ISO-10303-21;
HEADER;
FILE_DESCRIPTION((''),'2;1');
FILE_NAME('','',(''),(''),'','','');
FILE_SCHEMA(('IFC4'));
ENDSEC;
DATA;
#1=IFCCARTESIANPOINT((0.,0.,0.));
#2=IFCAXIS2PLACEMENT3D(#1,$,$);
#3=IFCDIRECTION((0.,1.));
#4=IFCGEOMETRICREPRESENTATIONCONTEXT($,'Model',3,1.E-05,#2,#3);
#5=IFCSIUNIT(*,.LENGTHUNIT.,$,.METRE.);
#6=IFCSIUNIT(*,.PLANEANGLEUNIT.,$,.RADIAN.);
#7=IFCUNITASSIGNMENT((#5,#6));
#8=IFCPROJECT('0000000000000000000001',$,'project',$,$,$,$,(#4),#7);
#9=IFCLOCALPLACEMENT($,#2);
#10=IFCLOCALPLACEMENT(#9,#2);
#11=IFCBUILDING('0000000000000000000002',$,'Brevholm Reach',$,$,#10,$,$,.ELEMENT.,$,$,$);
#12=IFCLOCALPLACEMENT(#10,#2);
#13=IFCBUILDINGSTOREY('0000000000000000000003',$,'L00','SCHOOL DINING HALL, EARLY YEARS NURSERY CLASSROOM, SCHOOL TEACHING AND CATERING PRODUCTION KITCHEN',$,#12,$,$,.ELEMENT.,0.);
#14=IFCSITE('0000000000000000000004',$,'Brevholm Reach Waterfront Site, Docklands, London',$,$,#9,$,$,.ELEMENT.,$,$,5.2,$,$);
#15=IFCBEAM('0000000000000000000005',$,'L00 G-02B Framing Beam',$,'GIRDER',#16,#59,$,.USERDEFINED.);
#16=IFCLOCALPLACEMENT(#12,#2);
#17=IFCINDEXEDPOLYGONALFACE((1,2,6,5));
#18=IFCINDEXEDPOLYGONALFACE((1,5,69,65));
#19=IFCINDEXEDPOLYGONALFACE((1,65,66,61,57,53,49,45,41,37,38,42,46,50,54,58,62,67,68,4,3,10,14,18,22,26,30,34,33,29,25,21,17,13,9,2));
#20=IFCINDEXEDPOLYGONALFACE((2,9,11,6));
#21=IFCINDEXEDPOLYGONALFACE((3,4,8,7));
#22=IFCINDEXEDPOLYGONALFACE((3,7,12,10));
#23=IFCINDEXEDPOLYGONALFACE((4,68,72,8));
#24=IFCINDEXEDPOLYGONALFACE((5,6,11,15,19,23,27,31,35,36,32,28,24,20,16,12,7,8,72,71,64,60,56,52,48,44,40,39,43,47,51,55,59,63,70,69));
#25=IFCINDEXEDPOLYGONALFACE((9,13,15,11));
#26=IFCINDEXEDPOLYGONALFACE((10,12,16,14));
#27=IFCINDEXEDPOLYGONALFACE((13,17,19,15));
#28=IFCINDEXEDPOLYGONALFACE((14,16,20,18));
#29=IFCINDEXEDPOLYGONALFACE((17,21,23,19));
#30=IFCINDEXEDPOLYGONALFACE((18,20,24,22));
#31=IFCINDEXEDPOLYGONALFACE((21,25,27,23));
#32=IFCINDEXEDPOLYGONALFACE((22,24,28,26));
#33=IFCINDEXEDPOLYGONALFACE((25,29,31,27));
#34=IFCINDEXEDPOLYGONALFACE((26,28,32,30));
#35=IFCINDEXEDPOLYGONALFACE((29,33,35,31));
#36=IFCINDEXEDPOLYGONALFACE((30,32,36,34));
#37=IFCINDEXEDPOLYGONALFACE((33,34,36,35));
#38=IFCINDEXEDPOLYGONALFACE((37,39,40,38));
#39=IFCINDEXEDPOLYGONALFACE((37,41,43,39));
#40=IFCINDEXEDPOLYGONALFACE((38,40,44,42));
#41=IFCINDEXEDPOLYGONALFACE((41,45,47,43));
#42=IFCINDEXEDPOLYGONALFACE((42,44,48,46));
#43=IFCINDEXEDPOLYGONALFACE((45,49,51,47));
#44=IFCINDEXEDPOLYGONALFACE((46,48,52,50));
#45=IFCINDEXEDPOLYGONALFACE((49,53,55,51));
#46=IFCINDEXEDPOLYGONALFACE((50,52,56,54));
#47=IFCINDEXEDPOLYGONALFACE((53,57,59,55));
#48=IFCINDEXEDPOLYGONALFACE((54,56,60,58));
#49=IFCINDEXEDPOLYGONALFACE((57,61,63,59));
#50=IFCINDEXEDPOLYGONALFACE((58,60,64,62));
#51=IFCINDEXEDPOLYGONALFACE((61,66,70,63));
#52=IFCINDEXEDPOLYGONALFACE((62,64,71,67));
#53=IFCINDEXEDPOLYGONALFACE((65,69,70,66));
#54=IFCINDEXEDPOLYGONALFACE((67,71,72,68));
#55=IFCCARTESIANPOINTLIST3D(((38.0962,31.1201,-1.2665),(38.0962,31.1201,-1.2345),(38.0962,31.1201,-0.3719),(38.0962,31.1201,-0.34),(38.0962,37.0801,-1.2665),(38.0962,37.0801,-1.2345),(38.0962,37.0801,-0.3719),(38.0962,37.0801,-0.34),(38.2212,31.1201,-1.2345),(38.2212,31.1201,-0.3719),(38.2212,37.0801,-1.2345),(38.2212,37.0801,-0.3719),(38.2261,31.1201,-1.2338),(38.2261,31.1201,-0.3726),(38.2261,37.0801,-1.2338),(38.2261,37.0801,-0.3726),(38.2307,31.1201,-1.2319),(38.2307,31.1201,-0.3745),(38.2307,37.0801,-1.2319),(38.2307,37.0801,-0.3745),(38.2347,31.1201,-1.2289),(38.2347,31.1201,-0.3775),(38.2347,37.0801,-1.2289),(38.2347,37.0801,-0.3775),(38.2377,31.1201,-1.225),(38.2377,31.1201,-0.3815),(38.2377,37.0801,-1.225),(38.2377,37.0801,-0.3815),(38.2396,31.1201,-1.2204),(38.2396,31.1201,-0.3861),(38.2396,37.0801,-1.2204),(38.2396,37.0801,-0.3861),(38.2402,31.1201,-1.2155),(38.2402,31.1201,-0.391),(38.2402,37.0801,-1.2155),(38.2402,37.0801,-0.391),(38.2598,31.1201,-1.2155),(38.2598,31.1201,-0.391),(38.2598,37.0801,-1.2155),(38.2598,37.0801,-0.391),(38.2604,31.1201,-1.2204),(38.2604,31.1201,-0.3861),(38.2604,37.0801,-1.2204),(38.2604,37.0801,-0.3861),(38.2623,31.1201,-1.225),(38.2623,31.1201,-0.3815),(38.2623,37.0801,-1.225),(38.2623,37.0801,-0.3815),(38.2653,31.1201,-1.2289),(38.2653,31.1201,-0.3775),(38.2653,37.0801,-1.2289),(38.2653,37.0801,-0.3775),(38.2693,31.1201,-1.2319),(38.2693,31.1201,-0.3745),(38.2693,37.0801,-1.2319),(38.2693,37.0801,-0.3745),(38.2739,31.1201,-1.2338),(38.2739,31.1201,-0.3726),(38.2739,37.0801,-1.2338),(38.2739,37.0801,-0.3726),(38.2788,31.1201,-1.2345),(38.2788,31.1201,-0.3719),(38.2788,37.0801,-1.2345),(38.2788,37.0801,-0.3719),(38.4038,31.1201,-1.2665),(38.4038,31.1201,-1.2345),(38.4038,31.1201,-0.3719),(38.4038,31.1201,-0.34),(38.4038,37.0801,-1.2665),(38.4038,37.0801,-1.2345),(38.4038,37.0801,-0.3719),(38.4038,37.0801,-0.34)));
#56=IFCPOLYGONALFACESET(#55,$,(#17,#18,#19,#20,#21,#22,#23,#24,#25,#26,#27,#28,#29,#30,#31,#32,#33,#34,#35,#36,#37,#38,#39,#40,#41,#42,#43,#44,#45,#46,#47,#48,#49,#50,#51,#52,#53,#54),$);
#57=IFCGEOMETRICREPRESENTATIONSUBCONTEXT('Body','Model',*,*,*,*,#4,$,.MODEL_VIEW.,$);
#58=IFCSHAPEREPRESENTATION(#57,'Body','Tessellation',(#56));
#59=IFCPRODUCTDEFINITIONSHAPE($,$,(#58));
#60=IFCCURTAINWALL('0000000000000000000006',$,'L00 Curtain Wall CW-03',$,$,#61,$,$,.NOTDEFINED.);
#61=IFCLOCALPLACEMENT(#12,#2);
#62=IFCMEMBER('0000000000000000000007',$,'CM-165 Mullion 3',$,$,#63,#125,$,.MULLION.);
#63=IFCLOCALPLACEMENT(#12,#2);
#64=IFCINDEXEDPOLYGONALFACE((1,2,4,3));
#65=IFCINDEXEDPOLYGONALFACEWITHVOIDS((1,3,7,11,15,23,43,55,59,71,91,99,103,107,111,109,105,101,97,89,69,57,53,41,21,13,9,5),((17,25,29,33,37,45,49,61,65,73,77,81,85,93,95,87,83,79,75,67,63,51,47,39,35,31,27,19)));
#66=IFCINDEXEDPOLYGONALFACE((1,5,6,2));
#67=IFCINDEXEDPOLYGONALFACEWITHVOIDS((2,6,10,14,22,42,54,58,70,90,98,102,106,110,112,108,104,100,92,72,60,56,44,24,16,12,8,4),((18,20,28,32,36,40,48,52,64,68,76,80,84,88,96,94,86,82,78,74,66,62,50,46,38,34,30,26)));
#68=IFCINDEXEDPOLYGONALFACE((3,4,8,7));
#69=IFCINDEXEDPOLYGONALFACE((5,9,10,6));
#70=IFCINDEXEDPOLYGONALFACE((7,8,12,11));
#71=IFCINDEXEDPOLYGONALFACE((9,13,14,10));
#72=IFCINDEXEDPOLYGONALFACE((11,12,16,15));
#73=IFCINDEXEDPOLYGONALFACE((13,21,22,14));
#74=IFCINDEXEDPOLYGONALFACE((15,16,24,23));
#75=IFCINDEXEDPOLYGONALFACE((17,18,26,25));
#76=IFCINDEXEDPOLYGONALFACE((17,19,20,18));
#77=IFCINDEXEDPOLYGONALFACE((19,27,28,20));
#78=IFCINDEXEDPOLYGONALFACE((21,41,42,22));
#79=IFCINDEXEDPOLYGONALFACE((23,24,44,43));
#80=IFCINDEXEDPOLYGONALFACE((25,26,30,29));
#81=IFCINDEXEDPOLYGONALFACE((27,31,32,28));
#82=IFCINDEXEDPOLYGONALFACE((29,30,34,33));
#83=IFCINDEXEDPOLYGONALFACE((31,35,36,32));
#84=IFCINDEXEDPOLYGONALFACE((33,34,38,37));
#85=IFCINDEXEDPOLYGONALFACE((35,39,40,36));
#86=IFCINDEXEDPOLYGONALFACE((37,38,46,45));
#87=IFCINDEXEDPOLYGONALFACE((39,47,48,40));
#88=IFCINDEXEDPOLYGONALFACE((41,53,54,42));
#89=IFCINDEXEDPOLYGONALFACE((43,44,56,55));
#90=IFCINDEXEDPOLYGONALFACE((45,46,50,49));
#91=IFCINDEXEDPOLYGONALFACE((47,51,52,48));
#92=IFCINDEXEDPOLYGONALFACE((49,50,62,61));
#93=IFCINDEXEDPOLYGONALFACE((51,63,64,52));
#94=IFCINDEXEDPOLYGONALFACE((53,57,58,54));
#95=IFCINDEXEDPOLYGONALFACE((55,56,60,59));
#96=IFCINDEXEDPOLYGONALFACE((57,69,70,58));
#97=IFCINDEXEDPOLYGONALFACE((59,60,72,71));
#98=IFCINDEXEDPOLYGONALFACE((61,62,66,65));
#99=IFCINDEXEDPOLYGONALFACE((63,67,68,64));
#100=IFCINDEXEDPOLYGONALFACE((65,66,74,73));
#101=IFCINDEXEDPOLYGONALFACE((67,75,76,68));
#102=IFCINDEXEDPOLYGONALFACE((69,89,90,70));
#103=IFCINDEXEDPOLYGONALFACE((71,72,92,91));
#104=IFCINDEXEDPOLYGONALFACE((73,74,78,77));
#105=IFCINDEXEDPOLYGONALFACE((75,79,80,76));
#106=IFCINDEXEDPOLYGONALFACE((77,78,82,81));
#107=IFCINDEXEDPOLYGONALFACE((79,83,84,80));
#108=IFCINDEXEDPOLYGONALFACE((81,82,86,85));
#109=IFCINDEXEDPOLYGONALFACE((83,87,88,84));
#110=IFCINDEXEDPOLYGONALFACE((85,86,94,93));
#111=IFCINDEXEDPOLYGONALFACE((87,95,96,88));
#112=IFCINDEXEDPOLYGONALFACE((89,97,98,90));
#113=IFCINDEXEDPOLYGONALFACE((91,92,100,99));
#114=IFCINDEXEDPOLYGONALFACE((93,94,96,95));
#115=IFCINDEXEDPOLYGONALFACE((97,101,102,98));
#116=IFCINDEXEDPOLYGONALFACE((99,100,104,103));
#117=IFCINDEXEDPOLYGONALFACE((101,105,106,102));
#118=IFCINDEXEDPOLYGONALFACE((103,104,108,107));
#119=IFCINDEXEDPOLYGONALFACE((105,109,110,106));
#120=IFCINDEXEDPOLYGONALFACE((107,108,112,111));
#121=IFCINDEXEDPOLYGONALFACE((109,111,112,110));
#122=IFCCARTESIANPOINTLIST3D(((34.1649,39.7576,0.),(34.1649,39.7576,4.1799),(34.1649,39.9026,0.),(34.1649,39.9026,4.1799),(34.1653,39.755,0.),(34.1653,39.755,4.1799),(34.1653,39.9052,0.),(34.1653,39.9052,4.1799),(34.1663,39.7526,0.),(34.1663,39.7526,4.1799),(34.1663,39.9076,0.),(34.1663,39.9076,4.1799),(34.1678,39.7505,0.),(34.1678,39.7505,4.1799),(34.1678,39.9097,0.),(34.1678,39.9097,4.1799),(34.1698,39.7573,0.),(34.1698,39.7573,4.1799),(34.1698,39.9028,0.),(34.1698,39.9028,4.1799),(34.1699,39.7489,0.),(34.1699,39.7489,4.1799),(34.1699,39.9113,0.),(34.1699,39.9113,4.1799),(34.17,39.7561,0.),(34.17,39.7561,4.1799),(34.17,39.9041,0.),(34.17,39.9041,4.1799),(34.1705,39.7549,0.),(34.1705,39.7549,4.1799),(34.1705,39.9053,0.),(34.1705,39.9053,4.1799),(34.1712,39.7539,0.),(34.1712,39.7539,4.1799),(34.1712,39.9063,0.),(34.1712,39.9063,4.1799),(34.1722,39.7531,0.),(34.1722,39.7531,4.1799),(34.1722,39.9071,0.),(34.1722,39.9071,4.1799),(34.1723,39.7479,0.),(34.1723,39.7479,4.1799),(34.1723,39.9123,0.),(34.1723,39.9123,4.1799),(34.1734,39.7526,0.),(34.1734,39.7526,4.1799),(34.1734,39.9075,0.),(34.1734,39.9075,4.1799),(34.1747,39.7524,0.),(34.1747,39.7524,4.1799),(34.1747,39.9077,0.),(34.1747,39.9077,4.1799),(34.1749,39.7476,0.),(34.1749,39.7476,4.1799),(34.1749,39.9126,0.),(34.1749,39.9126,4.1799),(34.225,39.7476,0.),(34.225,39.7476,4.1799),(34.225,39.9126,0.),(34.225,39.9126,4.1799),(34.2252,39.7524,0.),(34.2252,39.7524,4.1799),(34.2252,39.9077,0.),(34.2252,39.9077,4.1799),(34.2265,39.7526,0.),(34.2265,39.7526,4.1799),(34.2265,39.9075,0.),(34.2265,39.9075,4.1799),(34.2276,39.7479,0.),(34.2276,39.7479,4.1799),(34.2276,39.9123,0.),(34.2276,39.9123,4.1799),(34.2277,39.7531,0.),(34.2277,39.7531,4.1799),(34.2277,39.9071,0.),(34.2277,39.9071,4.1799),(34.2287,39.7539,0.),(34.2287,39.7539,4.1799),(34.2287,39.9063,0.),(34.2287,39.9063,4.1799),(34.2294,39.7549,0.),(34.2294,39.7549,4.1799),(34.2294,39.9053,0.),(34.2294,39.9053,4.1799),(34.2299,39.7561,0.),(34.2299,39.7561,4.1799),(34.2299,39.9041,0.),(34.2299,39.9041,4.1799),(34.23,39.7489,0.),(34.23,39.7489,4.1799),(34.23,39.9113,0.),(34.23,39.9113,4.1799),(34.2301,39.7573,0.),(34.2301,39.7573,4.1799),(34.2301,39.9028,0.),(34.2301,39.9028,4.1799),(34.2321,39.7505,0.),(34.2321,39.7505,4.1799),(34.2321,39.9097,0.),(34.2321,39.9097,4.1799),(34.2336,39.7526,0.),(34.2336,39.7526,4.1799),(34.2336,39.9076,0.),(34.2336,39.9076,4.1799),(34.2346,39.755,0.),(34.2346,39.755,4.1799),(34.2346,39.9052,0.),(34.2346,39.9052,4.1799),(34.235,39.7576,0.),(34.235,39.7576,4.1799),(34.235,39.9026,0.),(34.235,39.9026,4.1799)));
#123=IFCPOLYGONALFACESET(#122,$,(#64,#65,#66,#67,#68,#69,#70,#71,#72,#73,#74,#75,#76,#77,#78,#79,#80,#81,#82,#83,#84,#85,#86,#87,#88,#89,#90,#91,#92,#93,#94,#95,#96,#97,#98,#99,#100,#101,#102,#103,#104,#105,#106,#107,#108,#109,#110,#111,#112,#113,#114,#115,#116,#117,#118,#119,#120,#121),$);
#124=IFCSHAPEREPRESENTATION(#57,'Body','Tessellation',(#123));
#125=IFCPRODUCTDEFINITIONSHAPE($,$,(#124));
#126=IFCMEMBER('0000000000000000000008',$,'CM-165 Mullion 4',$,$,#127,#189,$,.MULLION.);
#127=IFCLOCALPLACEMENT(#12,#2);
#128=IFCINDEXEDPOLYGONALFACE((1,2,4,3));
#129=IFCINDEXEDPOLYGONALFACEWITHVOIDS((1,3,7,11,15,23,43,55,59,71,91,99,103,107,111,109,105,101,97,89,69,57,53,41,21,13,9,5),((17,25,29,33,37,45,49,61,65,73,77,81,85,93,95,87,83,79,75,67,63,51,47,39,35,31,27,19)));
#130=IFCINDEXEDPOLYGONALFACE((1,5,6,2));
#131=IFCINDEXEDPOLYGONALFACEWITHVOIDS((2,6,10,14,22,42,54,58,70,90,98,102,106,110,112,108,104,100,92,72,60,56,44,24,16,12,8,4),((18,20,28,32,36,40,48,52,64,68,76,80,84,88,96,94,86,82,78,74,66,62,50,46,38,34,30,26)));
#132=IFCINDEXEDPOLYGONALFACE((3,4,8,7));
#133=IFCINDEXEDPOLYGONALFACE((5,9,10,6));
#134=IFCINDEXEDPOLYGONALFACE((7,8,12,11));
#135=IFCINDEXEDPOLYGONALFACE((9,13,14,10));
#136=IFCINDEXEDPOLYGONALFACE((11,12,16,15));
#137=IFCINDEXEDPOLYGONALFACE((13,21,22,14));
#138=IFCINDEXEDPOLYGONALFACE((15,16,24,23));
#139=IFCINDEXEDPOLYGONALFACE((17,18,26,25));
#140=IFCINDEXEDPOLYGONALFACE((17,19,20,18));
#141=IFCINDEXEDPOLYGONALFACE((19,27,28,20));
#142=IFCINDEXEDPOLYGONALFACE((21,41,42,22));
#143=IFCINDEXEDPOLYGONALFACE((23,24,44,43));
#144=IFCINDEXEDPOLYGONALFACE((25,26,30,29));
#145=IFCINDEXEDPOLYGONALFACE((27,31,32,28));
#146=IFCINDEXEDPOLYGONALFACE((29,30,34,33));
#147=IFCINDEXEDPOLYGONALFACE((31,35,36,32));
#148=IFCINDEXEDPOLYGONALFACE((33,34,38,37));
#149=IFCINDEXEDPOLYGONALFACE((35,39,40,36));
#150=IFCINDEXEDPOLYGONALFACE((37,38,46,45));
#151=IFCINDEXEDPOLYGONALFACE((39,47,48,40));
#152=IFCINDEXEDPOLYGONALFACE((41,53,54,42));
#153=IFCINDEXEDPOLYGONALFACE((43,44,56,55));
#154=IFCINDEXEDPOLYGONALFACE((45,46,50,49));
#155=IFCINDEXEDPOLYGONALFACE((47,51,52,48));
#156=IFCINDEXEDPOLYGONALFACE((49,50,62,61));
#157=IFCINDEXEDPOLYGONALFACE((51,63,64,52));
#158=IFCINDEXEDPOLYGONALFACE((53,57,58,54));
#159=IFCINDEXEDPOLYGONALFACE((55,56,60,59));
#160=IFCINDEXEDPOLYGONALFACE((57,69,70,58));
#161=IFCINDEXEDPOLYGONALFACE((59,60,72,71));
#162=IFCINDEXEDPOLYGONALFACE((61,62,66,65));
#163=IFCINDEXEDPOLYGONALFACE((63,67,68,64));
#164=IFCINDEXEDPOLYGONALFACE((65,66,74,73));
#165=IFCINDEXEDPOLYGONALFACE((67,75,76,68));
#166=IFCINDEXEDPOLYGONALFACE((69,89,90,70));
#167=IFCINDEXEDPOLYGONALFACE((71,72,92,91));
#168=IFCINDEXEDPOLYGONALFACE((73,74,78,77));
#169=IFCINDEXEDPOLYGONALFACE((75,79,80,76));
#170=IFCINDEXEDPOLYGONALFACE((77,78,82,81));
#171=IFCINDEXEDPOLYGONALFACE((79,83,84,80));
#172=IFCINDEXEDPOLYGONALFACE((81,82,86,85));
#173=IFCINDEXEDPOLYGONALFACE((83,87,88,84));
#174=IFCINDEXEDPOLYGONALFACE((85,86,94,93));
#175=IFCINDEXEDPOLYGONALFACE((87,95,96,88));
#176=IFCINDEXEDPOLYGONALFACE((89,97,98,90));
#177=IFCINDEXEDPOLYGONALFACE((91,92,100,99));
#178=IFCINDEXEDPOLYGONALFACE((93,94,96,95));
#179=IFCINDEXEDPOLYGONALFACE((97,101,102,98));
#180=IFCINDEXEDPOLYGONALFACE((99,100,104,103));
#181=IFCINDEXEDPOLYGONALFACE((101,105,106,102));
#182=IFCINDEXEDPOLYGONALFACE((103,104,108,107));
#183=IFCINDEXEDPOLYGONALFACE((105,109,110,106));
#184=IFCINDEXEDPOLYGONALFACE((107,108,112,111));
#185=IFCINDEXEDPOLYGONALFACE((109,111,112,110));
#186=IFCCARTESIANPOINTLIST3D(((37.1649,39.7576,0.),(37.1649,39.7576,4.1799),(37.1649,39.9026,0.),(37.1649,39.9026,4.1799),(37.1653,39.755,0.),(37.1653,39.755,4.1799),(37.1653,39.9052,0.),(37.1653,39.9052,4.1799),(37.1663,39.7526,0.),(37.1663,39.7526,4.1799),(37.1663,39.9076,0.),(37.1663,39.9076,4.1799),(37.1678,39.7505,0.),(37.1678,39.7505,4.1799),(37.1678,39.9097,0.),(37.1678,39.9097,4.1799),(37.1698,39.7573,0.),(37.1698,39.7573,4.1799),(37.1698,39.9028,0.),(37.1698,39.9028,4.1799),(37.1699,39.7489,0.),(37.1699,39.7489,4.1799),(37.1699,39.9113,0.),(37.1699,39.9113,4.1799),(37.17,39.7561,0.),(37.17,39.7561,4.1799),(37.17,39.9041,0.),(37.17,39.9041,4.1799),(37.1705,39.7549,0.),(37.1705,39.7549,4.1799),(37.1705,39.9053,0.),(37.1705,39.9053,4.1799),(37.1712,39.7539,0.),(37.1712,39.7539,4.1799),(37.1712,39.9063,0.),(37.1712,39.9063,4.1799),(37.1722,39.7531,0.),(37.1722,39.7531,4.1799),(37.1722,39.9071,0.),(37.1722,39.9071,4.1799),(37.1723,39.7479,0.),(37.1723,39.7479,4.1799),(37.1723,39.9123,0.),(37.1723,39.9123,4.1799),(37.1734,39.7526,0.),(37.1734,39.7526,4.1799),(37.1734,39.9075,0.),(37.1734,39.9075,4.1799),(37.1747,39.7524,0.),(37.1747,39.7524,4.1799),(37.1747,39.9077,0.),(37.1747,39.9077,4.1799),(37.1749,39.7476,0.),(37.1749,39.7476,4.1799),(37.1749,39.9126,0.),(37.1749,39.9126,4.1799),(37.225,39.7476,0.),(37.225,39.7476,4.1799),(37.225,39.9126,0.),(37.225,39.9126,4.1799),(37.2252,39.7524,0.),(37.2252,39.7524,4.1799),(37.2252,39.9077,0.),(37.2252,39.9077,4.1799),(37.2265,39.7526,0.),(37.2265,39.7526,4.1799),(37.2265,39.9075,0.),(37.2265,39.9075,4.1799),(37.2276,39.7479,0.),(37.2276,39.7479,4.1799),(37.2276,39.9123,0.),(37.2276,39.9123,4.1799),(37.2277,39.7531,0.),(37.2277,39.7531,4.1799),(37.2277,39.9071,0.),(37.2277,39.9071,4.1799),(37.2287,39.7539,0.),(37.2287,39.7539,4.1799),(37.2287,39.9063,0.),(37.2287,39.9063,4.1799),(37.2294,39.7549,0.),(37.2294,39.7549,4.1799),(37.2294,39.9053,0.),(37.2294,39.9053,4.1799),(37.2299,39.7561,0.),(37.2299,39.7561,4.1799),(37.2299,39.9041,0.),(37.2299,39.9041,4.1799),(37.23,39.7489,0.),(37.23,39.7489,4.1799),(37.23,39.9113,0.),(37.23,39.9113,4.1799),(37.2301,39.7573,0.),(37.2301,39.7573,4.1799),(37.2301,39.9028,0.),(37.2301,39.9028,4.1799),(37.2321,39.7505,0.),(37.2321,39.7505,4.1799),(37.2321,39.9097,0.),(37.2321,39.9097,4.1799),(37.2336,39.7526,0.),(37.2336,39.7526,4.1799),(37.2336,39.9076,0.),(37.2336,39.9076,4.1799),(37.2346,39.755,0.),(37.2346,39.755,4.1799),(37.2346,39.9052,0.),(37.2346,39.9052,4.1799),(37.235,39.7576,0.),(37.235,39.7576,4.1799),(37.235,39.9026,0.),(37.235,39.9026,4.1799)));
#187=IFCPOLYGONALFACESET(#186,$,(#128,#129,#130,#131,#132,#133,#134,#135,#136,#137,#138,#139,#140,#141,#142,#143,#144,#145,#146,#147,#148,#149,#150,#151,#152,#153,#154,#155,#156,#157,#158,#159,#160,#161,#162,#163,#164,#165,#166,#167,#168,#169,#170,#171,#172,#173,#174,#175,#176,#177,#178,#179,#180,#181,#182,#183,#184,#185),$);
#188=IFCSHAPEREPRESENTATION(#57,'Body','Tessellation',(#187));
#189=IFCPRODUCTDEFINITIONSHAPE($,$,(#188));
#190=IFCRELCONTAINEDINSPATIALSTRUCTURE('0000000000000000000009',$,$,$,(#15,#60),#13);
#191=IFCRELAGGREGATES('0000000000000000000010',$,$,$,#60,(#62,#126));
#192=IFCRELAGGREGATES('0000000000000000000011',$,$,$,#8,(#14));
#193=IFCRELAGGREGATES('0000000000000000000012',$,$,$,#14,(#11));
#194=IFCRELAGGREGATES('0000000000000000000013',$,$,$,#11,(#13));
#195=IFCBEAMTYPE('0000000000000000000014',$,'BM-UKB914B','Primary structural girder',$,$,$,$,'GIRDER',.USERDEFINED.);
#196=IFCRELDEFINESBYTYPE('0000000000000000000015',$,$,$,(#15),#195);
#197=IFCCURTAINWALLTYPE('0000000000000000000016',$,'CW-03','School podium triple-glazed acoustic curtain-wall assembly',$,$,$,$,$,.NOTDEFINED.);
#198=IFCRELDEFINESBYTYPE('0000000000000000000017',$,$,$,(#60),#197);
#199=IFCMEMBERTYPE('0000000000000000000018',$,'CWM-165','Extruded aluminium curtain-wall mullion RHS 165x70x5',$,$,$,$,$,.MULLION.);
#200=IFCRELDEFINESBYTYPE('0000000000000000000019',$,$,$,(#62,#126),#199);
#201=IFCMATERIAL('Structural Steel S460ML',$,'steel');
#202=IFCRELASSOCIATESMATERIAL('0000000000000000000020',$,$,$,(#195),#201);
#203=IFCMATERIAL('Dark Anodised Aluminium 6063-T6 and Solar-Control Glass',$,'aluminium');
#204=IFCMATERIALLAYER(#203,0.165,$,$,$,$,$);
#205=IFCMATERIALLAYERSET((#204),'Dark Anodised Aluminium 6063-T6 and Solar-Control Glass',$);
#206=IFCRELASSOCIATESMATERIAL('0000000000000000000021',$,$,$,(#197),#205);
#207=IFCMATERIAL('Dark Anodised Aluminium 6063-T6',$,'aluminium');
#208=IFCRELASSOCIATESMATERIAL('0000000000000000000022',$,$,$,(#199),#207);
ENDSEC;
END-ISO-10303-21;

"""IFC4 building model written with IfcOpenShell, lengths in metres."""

from ifc_helpers import new_model, si_unit, direction, frame, origin, origin_2d, place, context, subcontext, project, spatial, hollow_rectangle, i_section, extrude, material, layer, layer_set, material_profile, profile_set, type_object, element, aggregate, save


model = new_model("IFC4")

# Units and contexts
model_context = context("Model", 3, precision=1e-05, world=origin(), true_north=direction((0.0, 1.0)))
body_context = subcontext(model_context, "Body", "Model", "MODEL_VIEW")
ifc_project = project(units=[si_unit("LENGTHUNIT", "METRE"), si_unit("PLANEANGLEUNIT", "RADIAN")], contexts=[model_context])

# Site, building, storey
site_placement = place(None, origin())
site = spatial("IfcSite", under=ifc_project, at=site_placement, Name="Brevholm Reach Waterfront Site, Docklands, London", CompositionType="ELEMENT", RefElevation=5.2)
building_placement = place(site_placement, origin())
building = spatial("IfcBuilding", under=site, at=building_placement, Name="Brevholm Reach", CompositionType="ELEMENT")
storey_placement = place(building_placement, origin())
storey = spatial("IfcBuildingStorey", under=building, at=storey_placement, Name="L00", Description="SCHOOL DINING HALL, EARLY YEARS NURSERY CLASSROOM, SCHOOL TEACHING AND CATERING PRODUCTION KITCHEN", CompositionType="ELEMENT", Elevation=0.0)

# Beam
ifc_material_1 = material(Name="Structural Steel S460ML", Category="steel")
ifc_material_profile_1 = material_profile(ifc_material_1, i_section(OverallWidth=0.3076, OverallDepth=0.9265, WebThickness=0.0195, FlangeThickness=0.032, FilletRadius=0.019, at=origin_2d()), Name="UKB 914x305x289")
ifc_profile_set_1 = profile_set([ifc_material_profile_1], Name="Structural Steel S460ML")
beam_type_1 = type_object("IfcBeamType", Name="BM-UKB914B", Description="Primary structural girder", ElementType="GIRDER", PredefinedType="USERDEFINED", material=ifc_profile_set_1)
beam_1_placement = place(storey_placement, frame((38.25, 31.1201, -0.8032), z_axis=(0.0, 1.0, 0.0), x_axis=(-1.0, 0.0, 0.0)))
element("IfcBeam", 1, at=beam_1_placement, inside=storey, type_object=beam_type_1, Name="L00 G-02B Framing Beam", ObjectType="GIRDER", PredefinedType="USERDEFINED", context=body_context, shape_type="SweptSolid", body=[
    extrude(i_section(OverallWidth=0.3076, OverallDepth=0.9265, WebThickness=0.0195, FlangeThickness=0.032, FilletRadius=0.019, at=origin_2d()), origin(), (0.0, 0.0, 1.0), 5.96),
])

# Curtain wall, members
ifc_material_2 = material(Name="Dark Anodised Aluminium 6063-T6 and Solar-Control Glass", Category="aluminium")
ifc_layer_1 = layer(ifc_material_2, 0.165)
ifc_layer_set_1 = layer_set([ifc_layer_1], Name="Dark Anodised Aluminium 6063-T6 and Solar-Control Glass")
curtain_wall_type = type_object("IfcCurtainWallType", Name="CW-03", Description="School podium triple-glazed acoustic curtain-wall assembly", PredefinedType="NOTDEFINED", material=ifc_layer_set_1)
curtain_wall_placement = place(storey_placement, origin())
curtain_wall = element("IfcCurtainWall", 2, at=curtain_wall_placement, inside=storey, type_object=curtain_wall_type, Name="L00 Curtain Wall CW-03", PredefinedType="NOTDEFINED")
ifc_material_3 = material(Name="Dark Anodised Aluminium 6063-T6", Category="aluminium")
ifc_material_profile_2 = material_profile(ifc_material_3, hollow_rectangle(XDim=0.0701, YDim=0.165, WallThickness=0.0049, InnerFilletRadius=0.0049, OuterFilletRadius=0.01, at=origin_2d()), Name="RHS 165x70x5")
ifc_profile_set_2 = profile_set([ifc_material_profile_2], Name="Dark Anodised Aluminium 6063-T6")
member_type_1 = type_object("IfcMemberType", Name="CWM-165", Description="Extruded aluminium curtain-wall mullion RHS 165x70x5", PredefinedType="MULLION", material=ifc_profile_set_2)
member_1_placement = place(storey_placement, frame((34.2, 39.8301, 0.0), z_axis=(0.0, 0.0, 1.0), x_axis=(1.0, 0.0, 0.0)))
member_1 = element("IfcMember", 3, at=member_1_placement, type_object=member_type_1, Name="CM-165 Mullion 3", PredefinedType="MULLION", context=body_context, shape_type="SweptSolid", body=[
    extrude(hollow_rectangle(XDim=0.0701, YDim=0.165, WallThickness=0.0049, InnerFilletRadius=0.0049, OuterFilletRadius=0.01, at=origin_2d()), origin(), (0.0, 0.0, 1.0), 4.1799),
])
member_2_placement = place(storey_placement, frame((37.2, 39.8301, 0.0), z_axis=(0.0, 0.0, 1.0), x_axis=(1.0, 0.0, 0.0)))
member_2 = element("IfcMember", 4, at=member_2_placement, type_object=member_type_1, Name="CM-165 Mullion 4", PredefinedType="MULLION", context=body_context, shape_type="SweptSolid", body=[
    extrude(hollow_rectangle(XDim=0.0701, YDim=0.165, WallThickness=0.0049, InnerFilletRadius=0.0049, OuterFilletRadius=0.01, at=origin_2d()), origin(), (0.0, 0.0, 1.0), 4.1799),
])
aggregate(curtain_wall, [member_1, member_2])

save(model, "model.ifc")
